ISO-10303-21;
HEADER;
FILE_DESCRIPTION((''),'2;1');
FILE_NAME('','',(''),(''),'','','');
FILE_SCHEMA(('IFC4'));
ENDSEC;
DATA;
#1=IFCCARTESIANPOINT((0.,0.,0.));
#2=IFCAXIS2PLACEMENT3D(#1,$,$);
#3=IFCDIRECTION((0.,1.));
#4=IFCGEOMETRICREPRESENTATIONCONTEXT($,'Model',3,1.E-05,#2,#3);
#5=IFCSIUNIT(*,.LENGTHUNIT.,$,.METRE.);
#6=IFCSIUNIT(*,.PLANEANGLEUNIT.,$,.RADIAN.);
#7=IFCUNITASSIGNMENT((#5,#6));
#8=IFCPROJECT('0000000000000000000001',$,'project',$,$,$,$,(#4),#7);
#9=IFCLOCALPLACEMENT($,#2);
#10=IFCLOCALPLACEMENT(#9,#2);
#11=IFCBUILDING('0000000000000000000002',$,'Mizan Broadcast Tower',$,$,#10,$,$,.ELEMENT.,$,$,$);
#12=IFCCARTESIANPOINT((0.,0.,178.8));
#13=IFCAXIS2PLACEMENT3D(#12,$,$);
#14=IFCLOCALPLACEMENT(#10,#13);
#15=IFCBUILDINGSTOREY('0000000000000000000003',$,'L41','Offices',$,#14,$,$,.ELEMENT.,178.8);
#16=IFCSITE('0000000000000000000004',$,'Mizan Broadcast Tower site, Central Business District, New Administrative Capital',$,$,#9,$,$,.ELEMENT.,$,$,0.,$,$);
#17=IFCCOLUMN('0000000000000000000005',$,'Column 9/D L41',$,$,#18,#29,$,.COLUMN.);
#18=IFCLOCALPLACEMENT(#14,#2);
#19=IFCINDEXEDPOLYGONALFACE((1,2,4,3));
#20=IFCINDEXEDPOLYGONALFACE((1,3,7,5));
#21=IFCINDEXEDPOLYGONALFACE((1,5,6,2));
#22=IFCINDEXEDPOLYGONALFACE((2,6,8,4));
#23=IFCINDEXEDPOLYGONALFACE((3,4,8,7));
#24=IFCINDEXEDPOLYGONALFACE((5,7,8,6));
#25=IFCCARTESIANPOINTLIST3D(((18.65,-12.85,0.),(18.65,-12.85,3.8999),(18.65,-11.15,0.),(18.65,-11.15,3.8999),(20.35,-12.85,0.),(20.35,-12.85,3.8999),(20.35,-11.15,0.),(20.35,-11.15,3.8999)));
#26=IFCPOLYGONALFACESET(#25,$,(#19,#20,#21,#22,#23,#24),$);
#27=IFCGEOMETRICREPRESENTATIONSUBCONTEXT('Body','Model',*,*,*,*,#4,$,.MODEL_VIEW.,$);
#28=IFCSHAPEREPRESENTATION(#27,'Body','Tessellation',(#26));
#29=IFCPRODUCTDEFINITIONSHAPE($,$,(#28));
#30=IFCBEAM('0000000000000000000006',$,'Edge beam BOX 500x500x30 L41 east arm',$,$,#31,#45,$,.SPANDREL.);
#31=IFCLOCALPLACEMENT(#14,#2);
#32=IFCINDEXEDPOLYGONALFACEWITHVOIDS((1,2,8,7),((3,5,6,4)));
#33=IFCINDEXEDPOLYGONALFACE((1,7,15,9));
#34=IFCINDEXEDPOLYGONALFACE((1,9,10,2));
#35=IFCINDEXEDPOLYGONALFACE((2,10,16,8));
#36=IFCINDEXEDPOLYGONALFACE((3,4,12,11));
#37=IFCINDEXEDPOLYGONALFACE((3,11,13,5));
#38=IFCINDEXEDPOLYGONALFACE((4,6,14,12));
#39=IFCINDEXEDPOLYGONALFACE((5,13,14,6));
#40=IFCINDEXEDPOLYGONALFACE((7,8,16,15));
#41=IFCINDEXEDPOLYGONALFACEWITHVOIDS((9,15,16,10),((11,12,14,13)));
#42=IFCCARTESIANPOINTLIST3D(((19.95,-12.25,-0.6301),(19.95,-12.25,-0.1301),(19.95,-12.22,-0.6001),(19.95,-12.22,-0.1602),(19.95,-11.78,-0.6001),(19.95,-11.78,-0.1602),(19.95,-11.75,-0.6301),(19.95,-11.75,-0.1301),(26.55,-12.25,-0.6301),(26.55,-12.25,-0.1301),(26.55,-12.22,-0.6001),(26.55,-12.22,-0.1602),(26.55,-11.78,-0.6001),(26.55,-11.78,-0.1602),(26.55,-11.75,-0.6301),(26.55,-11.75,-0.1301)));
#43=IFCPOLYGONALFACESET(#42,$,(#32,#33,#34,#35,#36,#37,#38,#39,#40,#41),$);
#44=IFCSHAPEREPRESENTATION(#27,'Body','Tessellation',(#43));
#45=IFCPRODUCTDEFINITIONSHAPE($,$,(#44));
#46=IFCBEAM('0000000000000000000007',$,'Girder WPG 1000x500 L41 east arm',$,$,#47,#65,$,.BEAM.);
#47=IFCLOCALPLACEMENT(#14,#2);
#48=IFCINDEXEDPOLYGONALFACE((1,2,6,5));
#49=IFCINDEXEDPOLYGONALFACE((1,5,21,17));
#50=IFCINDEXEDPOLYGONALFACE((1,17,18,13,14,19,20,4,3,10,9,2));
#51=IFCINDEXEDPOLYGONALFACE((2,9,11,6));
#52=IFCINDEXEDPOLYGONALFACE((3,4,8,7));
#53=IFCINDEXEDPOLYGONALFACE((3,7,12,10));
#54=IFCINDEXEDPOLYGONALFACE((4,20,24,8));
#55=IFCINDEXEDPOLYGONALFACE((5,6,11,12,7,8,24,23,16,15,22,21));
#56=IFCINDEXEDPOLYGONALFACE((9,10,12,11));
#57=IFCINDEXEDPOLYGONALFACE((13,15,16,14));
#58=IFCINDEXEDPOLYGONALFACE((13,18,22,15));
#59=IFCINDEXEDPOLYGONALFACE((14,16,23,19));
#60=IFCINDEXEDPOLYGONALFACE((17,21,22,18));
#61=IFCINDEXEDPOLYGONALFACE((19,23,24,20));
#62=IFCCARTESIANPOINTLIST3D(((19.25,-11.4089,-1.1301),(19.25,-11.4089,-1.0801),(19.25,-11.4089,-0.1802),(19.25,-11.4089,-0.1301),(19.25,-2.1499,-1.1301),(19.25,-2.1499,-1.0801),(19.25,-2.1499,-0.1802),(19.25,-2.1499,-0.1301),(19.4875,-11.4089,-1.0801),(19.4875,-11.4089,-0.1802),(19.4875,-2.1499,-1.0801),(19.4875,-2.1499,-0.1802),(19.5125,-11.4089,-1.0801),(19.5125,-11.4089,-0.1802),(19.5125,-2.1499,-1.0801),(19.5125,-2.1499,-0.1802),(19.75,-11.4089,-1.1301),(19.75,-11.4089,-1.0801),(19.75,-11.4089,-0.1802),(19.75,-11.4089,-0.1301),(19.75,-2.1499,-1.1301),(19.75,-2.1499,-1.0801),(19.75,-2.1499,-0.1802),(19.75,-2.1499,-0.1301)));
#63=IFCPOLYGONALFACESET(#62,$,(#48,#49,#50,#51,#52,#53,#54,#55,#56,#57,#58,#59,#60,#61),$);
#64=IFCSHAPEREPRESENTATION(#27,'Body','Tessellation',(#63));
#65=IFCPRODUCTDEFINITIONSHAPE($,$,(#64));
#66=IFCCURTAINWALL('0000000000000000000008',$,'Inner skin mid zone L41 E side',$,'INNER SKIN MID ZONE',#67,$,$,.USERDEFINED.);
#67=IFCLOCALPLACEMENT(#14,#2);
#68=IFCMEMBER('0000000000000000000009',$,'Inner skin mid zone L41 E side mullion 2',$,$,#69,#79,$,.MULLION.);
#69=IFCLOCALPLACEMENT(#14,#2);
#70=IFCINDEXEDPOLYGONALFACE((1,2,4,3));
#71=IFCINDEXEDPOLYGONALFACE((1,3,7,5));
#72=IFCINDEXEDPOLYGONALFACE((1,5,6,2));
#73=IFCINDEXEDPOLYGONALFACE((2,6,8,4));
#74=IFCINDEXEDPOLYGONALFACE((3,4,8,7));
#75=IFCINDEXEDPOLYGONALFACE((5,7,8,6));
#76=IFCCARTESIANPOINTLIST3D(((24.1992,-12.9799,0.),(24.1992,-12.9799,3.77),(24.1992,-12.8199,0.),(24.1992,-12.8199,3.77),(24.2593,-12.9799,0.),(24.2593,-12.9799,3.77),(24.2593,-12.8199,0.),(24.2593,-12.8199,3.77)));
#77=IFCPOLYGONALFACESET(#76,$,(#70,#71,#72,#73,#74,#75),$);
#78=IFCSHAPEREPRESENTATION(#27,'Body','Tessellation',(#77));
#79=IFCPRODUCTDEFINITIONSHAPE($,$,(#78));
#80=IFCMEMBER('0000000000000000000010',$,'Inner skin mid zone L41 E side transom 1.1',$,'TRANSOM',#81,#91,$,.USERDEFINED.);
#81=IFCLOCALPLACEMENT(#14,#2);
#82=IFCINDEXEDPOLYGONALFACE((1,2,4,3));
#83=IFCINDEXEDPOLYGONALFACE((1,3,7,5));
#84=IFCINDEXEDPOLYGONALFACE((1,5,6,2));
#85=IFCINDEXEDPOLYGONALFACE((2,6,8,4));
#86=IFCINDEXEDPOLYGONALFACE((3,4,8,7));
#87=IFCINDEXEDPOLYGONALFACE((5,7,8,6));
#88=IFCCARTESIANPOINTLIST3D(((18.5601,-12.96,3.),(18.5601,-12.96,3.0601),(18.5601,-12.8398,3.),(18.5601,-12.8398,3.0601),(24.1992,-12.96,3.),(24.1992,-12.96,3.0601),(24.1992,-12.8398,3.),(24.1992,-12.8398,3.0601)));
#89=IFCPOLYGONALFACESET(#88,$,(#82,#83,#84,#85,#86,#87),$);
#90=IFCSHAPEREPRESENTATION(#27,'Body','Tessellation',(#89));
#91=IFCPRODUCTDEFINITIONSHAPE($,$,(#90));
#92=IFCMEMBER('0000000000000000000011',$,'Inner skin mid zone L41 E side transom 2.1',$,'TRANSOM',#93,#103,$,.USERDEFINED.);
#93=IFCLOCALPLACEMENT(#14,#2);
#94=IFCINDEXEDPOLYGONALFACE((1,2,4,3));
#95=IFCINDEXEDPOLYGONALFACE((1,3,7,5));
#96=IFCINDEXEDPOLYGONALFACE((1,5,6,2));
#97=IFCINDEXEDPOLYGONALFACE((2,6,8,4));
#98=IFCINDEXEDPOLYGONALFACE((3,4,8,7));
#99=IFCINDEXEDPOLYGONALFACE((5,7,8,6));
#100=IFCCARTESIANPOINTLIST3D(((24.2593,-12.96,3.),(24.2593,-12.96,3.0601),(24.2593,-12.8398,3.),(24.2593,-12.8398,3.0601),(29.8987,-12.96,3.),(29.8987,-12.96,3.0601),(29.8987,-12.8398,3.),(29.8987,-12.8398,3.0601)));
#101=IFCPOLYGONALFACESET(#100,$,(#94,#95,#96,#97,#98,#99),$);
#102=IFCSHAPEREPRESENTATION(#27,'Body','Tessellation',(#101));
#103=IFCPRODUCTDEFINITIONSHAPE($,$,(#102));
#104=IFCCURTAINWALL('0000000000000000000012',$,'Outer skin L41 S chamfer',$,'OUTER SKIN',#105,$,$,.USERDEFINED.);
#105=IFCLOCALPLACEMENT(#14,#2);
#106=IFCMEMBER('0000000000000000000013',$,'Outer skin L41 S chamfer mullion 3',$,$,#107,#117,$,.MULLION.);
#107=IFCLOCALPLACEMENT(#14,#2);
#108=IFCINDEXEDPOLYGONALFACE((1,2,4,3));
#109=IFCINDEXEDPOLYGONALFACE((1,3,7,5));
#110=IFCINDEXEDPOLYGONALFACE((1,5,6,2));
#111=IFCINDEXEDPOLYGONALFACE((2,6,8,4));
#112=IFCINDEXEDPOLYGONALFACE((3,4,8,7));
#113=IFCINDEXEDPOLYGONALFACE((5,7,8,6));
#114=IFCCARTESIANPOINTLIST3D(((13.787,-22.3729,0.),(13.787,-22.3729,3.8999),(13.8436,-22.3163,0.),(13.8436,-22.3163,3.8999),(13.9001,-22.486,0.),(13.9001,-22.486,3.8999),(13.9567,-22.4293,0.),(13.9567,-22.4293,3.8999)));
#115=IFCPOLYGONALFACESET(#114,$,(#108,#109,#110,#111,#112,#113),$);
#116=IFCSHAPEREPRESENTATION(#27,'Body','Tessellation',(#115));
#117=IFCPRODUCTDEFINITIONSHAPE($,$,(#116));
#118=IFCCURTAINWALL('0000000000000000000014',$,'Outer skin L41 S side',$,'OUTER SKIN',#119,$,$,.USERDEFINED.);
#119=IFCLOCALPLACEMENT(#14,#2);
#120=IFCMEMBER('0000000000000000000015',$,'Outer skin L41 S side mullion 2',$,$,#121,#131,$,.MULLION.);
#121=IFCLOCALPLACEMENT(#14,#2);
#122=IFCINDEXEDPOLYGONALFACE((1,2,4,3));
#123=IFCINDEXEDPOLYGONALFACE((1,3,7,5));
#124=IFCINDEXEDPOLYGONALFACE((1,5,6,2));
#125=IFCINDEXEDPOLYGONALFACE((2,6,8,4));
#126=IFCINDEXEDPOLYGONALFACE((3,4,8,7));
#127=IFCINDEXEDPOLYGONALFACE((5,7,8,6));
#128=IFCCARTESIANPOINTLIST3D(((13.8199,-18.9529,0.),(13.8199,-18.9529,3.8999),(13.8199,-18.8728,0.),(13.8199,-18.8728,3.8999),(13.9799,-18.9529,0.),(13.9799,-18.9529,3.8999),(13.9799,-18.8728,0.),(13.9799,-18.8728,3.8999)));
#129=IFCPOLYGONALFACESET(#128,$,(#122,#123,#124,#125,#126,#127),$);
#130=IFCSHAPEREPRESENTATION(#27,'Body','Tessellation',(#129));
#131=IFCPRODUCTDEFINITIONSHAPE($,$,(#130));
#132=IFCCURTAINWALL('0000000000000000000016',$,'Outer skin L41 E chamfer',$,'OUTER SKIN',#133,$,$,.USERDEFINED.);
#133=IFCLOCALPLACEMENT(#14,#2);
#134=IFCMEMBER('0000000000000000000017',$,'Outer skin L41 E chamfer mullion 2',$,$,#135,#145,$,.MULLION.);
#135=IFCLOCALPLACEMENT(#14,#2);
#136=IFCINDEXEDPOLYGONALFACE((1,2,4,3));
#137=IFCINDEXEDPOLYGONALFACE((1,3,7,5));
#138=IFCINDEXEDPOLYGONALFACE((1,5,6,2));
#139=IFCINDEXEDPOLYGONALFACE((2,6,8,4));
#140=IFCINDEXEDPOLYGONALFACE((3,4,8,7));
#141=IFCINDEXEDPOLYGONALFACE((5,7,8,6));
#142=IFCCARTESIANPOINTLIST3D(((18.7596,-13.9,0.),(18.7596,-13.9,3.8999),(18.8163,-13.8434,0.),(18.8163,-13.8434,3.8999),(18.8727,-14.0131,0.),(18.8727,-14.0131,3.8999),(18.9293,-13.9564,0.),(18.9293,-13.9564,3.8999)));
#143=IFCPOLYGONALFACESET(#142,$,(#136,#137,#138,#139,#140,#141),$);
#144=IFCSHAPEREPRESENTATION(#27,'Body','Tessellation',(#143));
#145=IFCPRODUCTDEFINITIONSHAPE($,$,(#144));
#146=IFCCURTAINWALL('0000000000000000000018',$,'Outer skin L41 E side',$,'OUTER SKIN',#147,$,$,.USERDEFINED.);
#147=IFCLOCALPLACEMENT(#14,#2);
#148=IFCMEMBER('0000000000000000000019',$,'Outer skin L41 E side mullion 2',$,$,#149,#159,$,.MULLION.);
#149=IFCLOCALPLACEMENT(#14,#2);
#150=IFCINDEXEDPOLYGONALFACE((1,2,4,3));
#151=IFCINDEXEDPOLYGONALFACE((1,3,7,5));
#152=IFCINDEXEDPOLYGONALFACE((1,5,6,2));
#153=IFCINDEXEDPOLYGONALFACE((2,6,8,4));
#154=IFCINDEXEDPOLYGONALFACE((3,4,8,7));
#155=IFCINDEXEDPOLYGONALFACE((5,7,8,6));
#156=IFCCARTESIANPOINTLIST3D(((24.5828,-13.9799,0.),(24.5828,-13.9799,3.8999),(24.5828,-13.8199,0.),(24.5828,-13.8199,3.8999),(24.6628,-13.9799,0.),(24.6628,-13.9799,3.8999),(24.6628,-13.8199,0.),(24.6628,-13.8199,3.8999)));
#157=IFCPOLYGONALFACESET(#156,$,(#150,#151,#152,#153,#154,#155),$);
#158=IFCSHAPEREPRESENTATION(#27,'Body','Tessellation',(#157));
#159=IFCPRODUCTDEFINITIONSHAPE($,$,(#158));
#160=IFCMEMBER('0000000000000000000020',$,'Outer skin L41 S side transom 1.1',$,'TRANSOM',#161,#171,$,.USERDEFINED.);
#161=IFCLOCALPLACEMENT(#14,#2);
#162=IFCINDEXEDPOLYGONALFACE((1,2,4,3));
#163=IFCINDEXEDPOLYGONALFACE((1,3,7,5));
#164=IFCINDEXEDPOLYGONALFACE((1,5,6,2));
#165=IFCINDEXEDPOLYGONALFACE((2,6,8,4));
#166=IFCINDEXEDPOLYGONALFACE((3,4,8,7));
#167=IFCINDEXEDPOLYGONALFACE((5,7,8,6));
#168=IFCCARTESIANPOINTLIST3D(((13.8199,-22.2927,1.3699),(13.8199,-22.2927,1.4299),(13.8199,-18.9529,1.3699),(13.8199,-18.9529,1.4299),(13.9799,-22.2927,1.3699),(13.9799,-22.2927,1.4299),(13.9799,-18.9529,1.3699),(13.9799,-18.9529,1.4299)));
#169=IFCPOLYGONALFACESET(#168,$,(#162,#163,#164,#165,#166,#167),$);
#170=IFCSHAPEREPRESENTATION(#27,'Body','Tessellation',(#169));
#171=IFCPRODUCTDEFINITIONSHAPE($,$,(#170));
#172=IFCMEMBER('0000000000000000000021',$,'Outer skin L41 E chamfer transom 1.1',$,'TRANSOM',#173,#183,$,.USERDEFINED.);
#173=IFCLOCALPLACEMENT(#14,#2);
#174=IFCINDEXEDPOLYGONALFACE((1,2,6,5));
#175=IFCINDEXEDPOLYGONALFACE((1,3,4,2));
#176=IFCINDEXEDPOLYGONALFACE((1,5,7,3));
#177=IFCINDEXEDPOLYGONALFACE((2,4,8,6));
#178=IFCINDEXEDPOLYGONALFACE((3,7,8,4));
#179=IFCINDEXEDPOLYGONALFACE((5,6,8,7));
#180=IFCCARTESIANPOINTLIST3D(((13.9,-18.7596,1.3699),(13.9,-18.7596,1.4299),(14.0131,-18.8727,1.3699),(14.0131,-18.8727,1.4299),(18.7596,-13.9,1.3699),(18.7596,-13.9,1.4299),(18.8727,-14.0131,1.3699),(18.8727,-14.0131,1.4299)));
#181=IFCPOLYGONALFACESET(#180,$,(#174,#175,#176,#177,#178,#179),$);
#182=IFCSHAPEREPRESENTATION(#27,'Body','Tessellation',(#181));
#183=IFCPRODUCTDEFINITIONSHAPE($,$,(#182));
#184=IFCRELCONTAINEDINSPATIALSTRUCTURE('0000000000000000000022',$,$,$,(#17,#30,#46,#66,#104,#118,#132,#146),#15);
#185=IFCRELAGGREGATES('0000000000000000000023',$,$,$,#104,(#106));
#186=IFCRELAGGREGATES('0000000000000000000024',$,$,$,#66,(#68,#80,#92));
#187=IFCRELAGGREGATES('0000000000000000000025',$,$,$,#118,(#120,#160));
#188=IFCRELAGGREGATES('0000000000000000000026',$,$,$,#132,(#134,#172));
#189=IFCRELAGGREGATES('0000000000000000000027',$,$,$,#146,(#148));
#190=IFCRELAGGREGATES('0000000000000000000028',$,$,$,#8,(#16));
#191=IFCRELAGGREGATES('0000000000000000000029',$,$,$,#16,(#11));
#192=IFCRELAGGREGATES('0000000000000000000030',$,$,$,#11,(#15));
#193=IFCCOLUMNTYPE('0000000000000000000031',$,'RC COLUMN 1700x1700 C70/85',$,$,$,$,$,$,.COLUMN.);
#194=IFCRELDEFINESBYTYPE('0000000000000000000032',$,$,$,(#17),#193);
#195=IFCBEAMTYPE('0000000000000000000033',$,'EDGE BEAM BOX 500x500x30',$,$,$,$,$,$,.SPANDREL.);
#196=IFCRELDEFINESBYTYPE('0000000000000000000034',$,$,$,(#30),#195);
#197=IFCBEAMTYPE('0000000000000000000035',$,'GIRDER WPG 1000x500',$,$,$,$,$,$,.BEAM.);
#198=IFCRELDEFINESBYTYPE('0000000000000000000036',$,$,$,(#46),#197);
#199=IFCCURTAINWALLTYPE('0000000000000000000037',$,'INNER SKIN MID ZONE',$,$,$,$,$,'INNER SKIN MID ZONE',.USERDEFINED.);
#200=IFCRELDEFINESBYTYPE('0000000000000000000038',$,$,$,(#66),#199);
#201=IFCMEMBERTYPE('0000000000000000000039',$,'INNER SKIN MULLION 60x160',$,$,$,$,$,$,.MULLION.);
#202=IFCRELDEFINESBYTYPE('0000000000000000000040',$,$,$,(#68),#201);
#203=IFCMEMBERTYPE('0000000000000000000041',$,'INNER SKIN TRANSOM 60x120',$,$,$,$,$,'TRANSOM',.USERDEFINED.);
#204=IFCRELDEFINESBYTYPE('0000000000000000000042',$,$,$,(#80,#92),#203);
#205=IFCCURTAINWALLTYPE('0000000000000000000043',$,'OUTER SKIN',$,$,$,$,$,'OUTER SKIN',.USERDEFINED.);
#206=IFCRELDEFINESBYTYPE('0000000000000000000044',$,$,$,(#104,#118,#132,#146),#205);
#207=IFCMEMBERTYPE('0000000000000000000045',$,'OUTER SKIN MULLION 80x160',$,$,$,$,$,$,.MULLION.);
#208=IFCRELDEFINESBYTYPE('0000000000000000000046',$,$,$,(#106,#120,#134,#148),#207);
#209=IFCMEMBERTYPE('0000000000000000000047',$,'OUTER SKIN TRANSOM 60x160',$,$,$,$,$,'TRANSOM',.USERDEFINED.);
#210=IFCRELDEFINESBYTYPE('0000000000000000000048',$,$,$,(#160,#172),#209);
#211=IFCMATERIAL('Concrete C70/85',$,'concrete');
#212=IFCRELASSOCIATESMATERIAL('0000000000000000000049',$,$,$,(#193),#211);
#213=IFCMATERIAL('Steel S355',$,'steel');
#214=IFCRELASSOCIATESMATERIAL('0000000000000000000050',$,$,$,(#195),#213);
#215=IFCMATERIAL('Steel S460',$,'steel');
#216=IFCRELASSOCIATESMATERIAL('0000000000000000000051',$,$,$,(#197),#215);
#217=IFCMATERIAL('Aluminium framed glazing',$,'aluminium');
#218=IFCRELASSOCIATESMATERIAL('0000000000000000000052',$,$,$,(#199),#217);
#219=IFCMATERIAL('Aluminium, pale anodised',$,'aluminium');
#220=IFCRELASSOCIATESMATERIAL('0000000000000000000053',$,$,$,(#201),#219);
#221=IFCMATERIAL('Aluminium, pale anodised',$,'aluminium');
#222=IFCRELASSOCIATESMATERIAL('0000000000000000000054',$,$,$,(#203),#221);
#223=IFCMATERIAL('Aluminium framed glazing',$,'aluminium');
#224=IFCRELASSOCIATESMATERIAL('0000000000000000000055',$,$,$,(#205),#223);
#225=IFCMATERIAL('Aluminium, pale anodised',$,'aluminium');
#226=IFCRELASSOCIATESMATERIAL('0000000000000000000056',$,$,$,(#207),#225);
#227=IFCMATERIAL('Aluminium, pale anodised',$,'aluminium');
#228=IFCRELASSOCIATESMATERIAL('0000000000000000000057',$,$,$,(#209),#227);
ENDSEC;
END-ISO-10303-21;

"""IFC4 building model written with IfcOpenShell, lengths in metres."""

from ifc_helpers import new_model, si_unit, direction, frame, origin, origin_2d, place, context, subcontext, project, spatial, rectangle, hollow_rectangle, i_section, extrude, material, material_profile, profile_set, type_object, element, aggregate, save


model = new_model("IFC4")

# Units and contexts
model_context = context("Model", 3, precision=1e-05, world=origin(), true_north=direction((0.0, 1.0)))
body_context = subcontext(model_context, "Body", "Model", "MODEL_VIEW")
ifc_project = project(units=[si_unit("LENGTHUNIT", "METRE"), si_unit("PLANEANGLEUNIT", "RADIAN")], contexts=[model_context])

# Site, building, storey
site_placement = place(None, origin())
site = spatial("IfcSite", under=ifc_project, at=site_placement, Name="Mizan Broadcast Tower site, Central Business District, New Administrative Capital", CompositionType="ELEMENT", RefElevation=0.0)
building_placement = place(site_placement, origin())
building = spatial("IfcBuilding", under=site, at=building_placement, Name="Mizan Broadcast Tower", CompositionType="ELEMENT")
storey_placement = place(building_placement, frame((0.0, 0.0, 178.8)))
storey = spatial("IfcBuildingStorey", under=building, at=storey_placement, Name="L41", Description="Offices", CompositionType="ELEMENT", Elevation=178.8)

# Column
ifc_material_1 = material(Name="Concrete C70/85", Category="concrete")
ifc_material_profile_1 = material_profile(ifc_material_1, rectangle(XDim=1.7, YDim=1.7, at=origin_2d()), Name="RC 1700x1700")
ifc_profile_set_1 = profile_set([ifc_material_profile_1], Name="Concrete C70/85")
column_type = type_object("IfcColumnType", Name="RC COLUMN 1700x1700 C70/85", PredefinedType="COLUMN", material=ifc_profile_set_1)
column_placement = place(storey_placement, frame((19.5, -12.0, 0.0), z_axis=(0.0, 0.0, 1.0), x_axis=(1.0, 0.0, 0.0)))
element("IfcColumn", 1, at=column_placement, inside=storey, type_object=column_type, Name="Column 9/D L41", PredefinedType="COLUMN", context=body_context, shape_type="SweptSolid", body=[
    extrude(rectangle(XDim=1.7, YDim=1.7, at=origin_2d()), origin(), (0.0, 0.0, 1.0), 3.8999),
])

# Beams
ifc_material_2 = material(Name="Steel S355", Category="steel")
ifc_material_profile_2 = material_profile(ifc_material_2, hollow_rectangle(XDim=0.5, YDim=0.5, WallThickness=0.03, at=origin_2d()), Name="BOX 500x500x30")
ifc_profile_set_2 = profile_set([ifc_material_profile_2], Name="Steel S355")
beam_type_1 = type_object("IfcBeamType", Name="EDGE BEAM BOX 500x500x30", PredefinedType="SPANDREL", material=ifc_profile_set_2)
beam_1_placement = place(storey_placement, frame((19.95, -12.0, -0.3801), z_axis=(1.0, 0.0, 0.0), x_axis=(0.0, 1.0, 0.0)))
element("IfcBeam", 2, at=beam_1_placement, inside=storey, type_object=beam_type_1, Name="Edge beam BOX 500x500x30 L41 east arm", PredefinedType="SPANDREL", context=body_context, shape_type="SweptSolid", body=[
    extrude(hollow_rectangle(XDim=0.5, YDim=0.5, WallThickness=0.03, at=origin_2d()), origin(), (0.0, 0.0, 1.0), 6.6001),
])
ifc_material_3 = material(Name="Steel S460", Category="steel")
ifc_material_profile_3 = material_profile(ifc_material_3, i_section(OverallWidth=0.5, OverallDepth=1.0, WebThickness=0.0249, FlangeThickness=0.05, at=origin_2d()), Name="WPG 1000x500")
ifc_profile_set_3 = profile_set([ifc_material_profile_3], Name="Steel S460")
beam_type_2 = type_object("IfcBeamType", Name="GIRDER WPG 1000x500", PredefinedType="BEAM", material=ifc_profile_set_3)
beam_2_placement = place(storey_placement, frame((19.5, -11.4089, -0.6301), z_axis=(0.0, 1.0, 0.0), x_axis=(-1.0, 0.0, 0.0)))
element("IfcBeam", 3, at=beam_2_placement, inside=storey, type_object=beam_type_2, Name="Girder WPG 1000x500 L41 east arm", PredefinedType="BEAM", context=body_context, shape_type="SweptSolid", body=[
    extrude(i_section(OverallWidth=0.5, OverallDepth=1.0, WebThickness=0.0249, FlangeThickness=0.05, at=origin_2d()), origin(), (0.0, 0.0, 1.0), 9.259),
])

# Curtain wall, members
ifc_material_4 = material(Name="Aluminium framed glazing", Category="aluminium")
curtain_wall_type_1 = type_object("IfcCurtainWallType", Name="INNER SKIN MID ZONE", ElementType="INNER SKIN MID ZONE", PredefinedType="USERDEFINED", material=ifc_material_4)
curtain_wall_1_placement = place(storey_placement, origin())
curtain_wall_1 = element("IfcCurtainWall", 4, at=curtain_wall_1_placement, inside=storey, type_object=curtain_wall_type_1, Name="Inner skin mid zone L41 E side", ObjectType="INNER SKIN MID ZONE", PredefinedType="USERDEFINED")
ifc_material_5 = material(Name="Aluminium, pale anodised", Category="aluminium")
ifc_material_profile_4 = material_profile(ifc_material_5, rectangle(XDim=0.1599, YDim=0.0601, at=origin_2d()), Name="MULLION 160x60")
ifc_profile_set_4 = profile_set([ifc_material_profile_4], Name="Aluminium, pale anodised")
member_type_1 = type_object("IfcMemberType", Name="INNER SKIN MULLION 60x160", PredefinedType="MULLION", material=ifc_profile_set_4)
member_1_placement = place(storey_placement, frame((24.2292, -12.8999, 0.0), z_axis=(0.0, 0.0, 1.0), x_axis=(0.0, 1.0, 0.0)))
member_1 = element("IfcMember", 5, at=member_1_placement, type_object=member_type_1, Name="Inner skin mid zone L41 E side mullion 2", PredefinedType="MULLION", context=body_context, shape_type="SweptSolid", body=[
    extrude(rectangle(XDim=0.1599, YDim=0.0601, at=origin_2d()), origin(), (0.0, 0.0, 1.0), 3.77),
])
ifc_material_6 = material(Name="Aluminium, pale anodised", Category="aluminium")
ifc_material_profile_5 = material_profile(ifc_material_6, rectangle(XDim=0.1201, YDim=0.0601, at=origin_2d()), Name="TRANSOM 120x60")
ifc_profile_set_5 = profile_set([ifc_material_profile_5], Name="Aluminium, pale anodised")
member_type_2 = type_object("IfcMemberType", Name="INNER SKIN TRANSOM 60x120", ElementType="TRANSOM", PredefinedType="USERDEFINED", material=ifc_profile_set_5)
member_2_placement = place(storey_placement, frame((18.5601, -12.8999, 3.03), z_axis=(1.0, 0.0, 0.0), x_axis=(0.0, 1.0, 0.0)))
member_2 = element("IfcMember", 6, at=member_2_placement, type_object=member_type_2, Name="Inner skin mid zone L41 E side transom 1.1", ObjectType="TRANSOM", PredefinedType="USERDEFINED", context=body_context, shape_type="SweptSolid", body=[
    extrude(rectangle(XDim=0.1201, YDim=0.0601, at=origin_2d()), origin(), (0.0, 0.0, 1.0), 5.6392),
])
member_3_placement = place(storey_placement, frame((24.2593, -12.8999, 3.03), z_axis=(1.0, 0.0, 0.0), x_axis=(0.0, 1.0, 0.0)))
member_3 = element("IfcMember", 7, at=member_3_placement, type_object=member_type_2, Name="Inner skin mid zone L41 E side transom 2.1", ObjectType="TRANSOM", PredefinedType="USERDEFINED", context=body_context, shape_type="SweptSolid", body=[
    extrude(rectangle(XDim=0.1201, YDim=0.0601, at=origin_2d()), origin(), (0.0, 0.0, 1.0), 5.6394),
])

# Curtain walls, members
ifc_material_7 = material(Name="Aluminium framed glazing", Category="aluminium")
curtain_wall_type_2 = type_object("IfcCurtainWallType", Name="OUTER SKIN", ElementType="OUTER SKIN", PredefinedType="USERDEFINED", material=ifc_material_7)
curtain_wall_2_placement = place(storey_placement, origin())
curtain_wall_2 = element("IfcCurtainWall", 8, at=curtain_wall_2_placement, inside=storey, type_object=curtain_wall_type_2, Name="Outer skin L41 S chamfer", ObjectType="OUTER SKIN", PredefinedType="USERDEFINED")
ifc_material_8 = material(Name="Aluminium, pale anodised", Category="aluminium")
ifc_material_profile_6 = material_profile(ifc_material_8, rectangle(XDim=0.1599, YDim=0.0801, at=origin_2d()), Name="MULLION 160x80")
ifc_profile_set_6 = profile_set([ifc_material_profile_6], Name="Aluminium, pale anodised")
member_type_3 = type_object("IfcMemberType", Name="OUTER SKIN MULLION 80x160", PredefinedType="MULLION", material=ifc_profile_set_6)
member_4_placement = place(storey_placement, frame((13.8718, -22.4011, 0.0), z_axis=(0.0, 0.0, 1.0), x_axis=(-0.707107, 0.707107, 0.0)))
member_4 = element("IfcMember", 9, at=member_4_placement, type_object=member_type_3, Name="Outer skin L41 S chamfer mullion 3", PredefinedType="MULLION", context=body_context, shape_type="SweptSolid", body=[
    extrude(rectangle(XDim=0.1599, YDim=0.0801, at=origin_2d()), origin(), (0.0, 0.0, 1.0), 3.8999),
])
aggregate(curtain_wall_2, [member_4])
curtain_wall_3_placement = place(storey_placement, origin())
curtain_wall_3 = element("IfcCurtainWall", 10, at=curtain_wall_3_placement, inside=storey, type_object=curtain_wall_type_2, Name="Outer skin L41 S side", ObjectType="OUTER SKIN", PredefinedType="USERDEFINED")
member_5_placement = place(storey_placement, frame((13.8999, -18.9128, 0.0), z_axis=(0.0, 0.0, 1.0), x_axis=(-1.0, 0.0, 0.0)))
member_5 = element("IfcMember", 11, at=member_5_placement, type_object=member_type_3, Name="Outer skin L41 S side mullion 2", PredefinedType="MULLION", context=body_context, shape_type="SweptSolid", body=[
    extrude(rectangle(XDim=0.1599, YDim=0.0801, at=origin_2d()), origin(), (0.0, 0.0, 1.0), 3.8999),
])
curtain_wall_4_placement = place(storey_placement, origin())
curtain_wall_4 = element("IfcCurtainWall", 12, at=curtain_wall_4_placement, inside=storey, type_object=curtain_wall_type_2, Name="Outer skin L41 E chamfer", ObjectType="OUTER SKIN", PredefinedType="USERDEFINED")
member_6_placement = place(storey_placement, frame((18.8445, -13.9282, 0.0), z_axis=(0.0, 0.0, 1.0), x_axis=(-0.707107, 0.707107, 0.0)))
member_6 = element("IfcMember", 13, at=member_6_placement, type_object=member_type_3, Name="Outer skin L41 E chamfer mullion 2", PredefinedType="MULLION", context=body_context, shape_type="SweptSolid", body=[
    extrude(rectangle(XDim=0.1599, YDim=0.0801, at=origin_2d()), origin(), (0.0, 0.0, 1.0), 3.8999),
])
curtain_wall_5_placement = place(storey_placement, origin())
curtain_wall_5 = element("IfcCurtainWall", 14, at=curtain_wall_5_placement, inside=storey, type_object=curtain_wall_type_2, Name="Outer skin L41 E side", ObjectType="OUTER SKIN", PredefinedType="USERDEFINED")
member_7_placement = place(storey_placement, frame((24.6228, -13.8999, 0.0), z_axis=(0.0, 0.0, 1.0), x_axis=(0.0, 1.0, 0.0)))
member_7 = element("IfcMember", 15, at=member_7_placement, type_object=member_type_3, Name="Outer skin L41 E side mullion 2", PredefinedType="MULLION", context=body_context, shape_type="SweptSolid", body=[
    extrude(rectangle(XDim=0.1599, YDim=0.0801, at=origin_2d()), origin(), (0.0, 0.0, 1.0), 3.8999),
])

# Members
ifc_material_9 = material(Name="Aluminium, pale anodised", Category="aluminium")
ifc_material_profile_7 = material_profile(ifc_material_9, rectangle(XDim=0.1599, YDim=0.0601, at=origin_2d()), Name="TRANSOM 160x60")
ifc_profile_set_7 = profile_set([ifc_material_profile_7], Name="Aluminium, pale anodised")
member_type_4 = type_object("IfcMemberType", Name="OUTER SKIN TRANSOM 60x160", ElementType="TRANSOM", PredefinedType="USERDEFINED", material=ifc_profile_set_7)
member_8_placement = place(storey_placement, frame((13.8999, -22.2927, 1.3999), z_axis=(0.0, 1.0, 0.0), x_axis=(-1.0, 0.0, 0.0)))
member_8 = element("IfcMember", 16, at=member_8_placement, type_object=member_type_4, Name="Outer skin L41 S side transom 1.1", ObjectType="TRANSOM", PredefinedType="USERDEFINED", context=body_context, shape_type="SweptSolid", body=[
    extrude(rectangle(XDim=0.1599, YDim=0.0601, at=origin_2d()), origin(), (0.0, 0.0, 1.0), 3.3398),
])
member_9_placement = place(storey_placement, frame((13.9565, -18.8162, 1.3999), z_axis=(0.707107, 0.707107, 0.0), x_axis=(-0.707107, 0.707107, 0.0)))
member_9 = element("IfcMember", 17, at=member_9_placement, type_object=member_type_4, Name="Outer skin L41 E chamfer transom 1.1", ObjectType="TRANSOM", PredefinedType="USERDEFINED", context=body_context, shape_type="SweptSolid", body=[
    extrude(rectangle(XDim=0.1599, YDim=0.0601, at=origin_2d()), origin(), (0.0, 0.0, 1.0), 6.8726),
])

aggregate(curtain_wall_1, [member_1, member_2, member_3])
aggregate(curtain_wall_3, [member_5, member_8])
aggregate(curtain_wall_4, [member_6, member_9])
aggregate(curtain_wall_5, [member_7])

save(model, "model.ifc")
